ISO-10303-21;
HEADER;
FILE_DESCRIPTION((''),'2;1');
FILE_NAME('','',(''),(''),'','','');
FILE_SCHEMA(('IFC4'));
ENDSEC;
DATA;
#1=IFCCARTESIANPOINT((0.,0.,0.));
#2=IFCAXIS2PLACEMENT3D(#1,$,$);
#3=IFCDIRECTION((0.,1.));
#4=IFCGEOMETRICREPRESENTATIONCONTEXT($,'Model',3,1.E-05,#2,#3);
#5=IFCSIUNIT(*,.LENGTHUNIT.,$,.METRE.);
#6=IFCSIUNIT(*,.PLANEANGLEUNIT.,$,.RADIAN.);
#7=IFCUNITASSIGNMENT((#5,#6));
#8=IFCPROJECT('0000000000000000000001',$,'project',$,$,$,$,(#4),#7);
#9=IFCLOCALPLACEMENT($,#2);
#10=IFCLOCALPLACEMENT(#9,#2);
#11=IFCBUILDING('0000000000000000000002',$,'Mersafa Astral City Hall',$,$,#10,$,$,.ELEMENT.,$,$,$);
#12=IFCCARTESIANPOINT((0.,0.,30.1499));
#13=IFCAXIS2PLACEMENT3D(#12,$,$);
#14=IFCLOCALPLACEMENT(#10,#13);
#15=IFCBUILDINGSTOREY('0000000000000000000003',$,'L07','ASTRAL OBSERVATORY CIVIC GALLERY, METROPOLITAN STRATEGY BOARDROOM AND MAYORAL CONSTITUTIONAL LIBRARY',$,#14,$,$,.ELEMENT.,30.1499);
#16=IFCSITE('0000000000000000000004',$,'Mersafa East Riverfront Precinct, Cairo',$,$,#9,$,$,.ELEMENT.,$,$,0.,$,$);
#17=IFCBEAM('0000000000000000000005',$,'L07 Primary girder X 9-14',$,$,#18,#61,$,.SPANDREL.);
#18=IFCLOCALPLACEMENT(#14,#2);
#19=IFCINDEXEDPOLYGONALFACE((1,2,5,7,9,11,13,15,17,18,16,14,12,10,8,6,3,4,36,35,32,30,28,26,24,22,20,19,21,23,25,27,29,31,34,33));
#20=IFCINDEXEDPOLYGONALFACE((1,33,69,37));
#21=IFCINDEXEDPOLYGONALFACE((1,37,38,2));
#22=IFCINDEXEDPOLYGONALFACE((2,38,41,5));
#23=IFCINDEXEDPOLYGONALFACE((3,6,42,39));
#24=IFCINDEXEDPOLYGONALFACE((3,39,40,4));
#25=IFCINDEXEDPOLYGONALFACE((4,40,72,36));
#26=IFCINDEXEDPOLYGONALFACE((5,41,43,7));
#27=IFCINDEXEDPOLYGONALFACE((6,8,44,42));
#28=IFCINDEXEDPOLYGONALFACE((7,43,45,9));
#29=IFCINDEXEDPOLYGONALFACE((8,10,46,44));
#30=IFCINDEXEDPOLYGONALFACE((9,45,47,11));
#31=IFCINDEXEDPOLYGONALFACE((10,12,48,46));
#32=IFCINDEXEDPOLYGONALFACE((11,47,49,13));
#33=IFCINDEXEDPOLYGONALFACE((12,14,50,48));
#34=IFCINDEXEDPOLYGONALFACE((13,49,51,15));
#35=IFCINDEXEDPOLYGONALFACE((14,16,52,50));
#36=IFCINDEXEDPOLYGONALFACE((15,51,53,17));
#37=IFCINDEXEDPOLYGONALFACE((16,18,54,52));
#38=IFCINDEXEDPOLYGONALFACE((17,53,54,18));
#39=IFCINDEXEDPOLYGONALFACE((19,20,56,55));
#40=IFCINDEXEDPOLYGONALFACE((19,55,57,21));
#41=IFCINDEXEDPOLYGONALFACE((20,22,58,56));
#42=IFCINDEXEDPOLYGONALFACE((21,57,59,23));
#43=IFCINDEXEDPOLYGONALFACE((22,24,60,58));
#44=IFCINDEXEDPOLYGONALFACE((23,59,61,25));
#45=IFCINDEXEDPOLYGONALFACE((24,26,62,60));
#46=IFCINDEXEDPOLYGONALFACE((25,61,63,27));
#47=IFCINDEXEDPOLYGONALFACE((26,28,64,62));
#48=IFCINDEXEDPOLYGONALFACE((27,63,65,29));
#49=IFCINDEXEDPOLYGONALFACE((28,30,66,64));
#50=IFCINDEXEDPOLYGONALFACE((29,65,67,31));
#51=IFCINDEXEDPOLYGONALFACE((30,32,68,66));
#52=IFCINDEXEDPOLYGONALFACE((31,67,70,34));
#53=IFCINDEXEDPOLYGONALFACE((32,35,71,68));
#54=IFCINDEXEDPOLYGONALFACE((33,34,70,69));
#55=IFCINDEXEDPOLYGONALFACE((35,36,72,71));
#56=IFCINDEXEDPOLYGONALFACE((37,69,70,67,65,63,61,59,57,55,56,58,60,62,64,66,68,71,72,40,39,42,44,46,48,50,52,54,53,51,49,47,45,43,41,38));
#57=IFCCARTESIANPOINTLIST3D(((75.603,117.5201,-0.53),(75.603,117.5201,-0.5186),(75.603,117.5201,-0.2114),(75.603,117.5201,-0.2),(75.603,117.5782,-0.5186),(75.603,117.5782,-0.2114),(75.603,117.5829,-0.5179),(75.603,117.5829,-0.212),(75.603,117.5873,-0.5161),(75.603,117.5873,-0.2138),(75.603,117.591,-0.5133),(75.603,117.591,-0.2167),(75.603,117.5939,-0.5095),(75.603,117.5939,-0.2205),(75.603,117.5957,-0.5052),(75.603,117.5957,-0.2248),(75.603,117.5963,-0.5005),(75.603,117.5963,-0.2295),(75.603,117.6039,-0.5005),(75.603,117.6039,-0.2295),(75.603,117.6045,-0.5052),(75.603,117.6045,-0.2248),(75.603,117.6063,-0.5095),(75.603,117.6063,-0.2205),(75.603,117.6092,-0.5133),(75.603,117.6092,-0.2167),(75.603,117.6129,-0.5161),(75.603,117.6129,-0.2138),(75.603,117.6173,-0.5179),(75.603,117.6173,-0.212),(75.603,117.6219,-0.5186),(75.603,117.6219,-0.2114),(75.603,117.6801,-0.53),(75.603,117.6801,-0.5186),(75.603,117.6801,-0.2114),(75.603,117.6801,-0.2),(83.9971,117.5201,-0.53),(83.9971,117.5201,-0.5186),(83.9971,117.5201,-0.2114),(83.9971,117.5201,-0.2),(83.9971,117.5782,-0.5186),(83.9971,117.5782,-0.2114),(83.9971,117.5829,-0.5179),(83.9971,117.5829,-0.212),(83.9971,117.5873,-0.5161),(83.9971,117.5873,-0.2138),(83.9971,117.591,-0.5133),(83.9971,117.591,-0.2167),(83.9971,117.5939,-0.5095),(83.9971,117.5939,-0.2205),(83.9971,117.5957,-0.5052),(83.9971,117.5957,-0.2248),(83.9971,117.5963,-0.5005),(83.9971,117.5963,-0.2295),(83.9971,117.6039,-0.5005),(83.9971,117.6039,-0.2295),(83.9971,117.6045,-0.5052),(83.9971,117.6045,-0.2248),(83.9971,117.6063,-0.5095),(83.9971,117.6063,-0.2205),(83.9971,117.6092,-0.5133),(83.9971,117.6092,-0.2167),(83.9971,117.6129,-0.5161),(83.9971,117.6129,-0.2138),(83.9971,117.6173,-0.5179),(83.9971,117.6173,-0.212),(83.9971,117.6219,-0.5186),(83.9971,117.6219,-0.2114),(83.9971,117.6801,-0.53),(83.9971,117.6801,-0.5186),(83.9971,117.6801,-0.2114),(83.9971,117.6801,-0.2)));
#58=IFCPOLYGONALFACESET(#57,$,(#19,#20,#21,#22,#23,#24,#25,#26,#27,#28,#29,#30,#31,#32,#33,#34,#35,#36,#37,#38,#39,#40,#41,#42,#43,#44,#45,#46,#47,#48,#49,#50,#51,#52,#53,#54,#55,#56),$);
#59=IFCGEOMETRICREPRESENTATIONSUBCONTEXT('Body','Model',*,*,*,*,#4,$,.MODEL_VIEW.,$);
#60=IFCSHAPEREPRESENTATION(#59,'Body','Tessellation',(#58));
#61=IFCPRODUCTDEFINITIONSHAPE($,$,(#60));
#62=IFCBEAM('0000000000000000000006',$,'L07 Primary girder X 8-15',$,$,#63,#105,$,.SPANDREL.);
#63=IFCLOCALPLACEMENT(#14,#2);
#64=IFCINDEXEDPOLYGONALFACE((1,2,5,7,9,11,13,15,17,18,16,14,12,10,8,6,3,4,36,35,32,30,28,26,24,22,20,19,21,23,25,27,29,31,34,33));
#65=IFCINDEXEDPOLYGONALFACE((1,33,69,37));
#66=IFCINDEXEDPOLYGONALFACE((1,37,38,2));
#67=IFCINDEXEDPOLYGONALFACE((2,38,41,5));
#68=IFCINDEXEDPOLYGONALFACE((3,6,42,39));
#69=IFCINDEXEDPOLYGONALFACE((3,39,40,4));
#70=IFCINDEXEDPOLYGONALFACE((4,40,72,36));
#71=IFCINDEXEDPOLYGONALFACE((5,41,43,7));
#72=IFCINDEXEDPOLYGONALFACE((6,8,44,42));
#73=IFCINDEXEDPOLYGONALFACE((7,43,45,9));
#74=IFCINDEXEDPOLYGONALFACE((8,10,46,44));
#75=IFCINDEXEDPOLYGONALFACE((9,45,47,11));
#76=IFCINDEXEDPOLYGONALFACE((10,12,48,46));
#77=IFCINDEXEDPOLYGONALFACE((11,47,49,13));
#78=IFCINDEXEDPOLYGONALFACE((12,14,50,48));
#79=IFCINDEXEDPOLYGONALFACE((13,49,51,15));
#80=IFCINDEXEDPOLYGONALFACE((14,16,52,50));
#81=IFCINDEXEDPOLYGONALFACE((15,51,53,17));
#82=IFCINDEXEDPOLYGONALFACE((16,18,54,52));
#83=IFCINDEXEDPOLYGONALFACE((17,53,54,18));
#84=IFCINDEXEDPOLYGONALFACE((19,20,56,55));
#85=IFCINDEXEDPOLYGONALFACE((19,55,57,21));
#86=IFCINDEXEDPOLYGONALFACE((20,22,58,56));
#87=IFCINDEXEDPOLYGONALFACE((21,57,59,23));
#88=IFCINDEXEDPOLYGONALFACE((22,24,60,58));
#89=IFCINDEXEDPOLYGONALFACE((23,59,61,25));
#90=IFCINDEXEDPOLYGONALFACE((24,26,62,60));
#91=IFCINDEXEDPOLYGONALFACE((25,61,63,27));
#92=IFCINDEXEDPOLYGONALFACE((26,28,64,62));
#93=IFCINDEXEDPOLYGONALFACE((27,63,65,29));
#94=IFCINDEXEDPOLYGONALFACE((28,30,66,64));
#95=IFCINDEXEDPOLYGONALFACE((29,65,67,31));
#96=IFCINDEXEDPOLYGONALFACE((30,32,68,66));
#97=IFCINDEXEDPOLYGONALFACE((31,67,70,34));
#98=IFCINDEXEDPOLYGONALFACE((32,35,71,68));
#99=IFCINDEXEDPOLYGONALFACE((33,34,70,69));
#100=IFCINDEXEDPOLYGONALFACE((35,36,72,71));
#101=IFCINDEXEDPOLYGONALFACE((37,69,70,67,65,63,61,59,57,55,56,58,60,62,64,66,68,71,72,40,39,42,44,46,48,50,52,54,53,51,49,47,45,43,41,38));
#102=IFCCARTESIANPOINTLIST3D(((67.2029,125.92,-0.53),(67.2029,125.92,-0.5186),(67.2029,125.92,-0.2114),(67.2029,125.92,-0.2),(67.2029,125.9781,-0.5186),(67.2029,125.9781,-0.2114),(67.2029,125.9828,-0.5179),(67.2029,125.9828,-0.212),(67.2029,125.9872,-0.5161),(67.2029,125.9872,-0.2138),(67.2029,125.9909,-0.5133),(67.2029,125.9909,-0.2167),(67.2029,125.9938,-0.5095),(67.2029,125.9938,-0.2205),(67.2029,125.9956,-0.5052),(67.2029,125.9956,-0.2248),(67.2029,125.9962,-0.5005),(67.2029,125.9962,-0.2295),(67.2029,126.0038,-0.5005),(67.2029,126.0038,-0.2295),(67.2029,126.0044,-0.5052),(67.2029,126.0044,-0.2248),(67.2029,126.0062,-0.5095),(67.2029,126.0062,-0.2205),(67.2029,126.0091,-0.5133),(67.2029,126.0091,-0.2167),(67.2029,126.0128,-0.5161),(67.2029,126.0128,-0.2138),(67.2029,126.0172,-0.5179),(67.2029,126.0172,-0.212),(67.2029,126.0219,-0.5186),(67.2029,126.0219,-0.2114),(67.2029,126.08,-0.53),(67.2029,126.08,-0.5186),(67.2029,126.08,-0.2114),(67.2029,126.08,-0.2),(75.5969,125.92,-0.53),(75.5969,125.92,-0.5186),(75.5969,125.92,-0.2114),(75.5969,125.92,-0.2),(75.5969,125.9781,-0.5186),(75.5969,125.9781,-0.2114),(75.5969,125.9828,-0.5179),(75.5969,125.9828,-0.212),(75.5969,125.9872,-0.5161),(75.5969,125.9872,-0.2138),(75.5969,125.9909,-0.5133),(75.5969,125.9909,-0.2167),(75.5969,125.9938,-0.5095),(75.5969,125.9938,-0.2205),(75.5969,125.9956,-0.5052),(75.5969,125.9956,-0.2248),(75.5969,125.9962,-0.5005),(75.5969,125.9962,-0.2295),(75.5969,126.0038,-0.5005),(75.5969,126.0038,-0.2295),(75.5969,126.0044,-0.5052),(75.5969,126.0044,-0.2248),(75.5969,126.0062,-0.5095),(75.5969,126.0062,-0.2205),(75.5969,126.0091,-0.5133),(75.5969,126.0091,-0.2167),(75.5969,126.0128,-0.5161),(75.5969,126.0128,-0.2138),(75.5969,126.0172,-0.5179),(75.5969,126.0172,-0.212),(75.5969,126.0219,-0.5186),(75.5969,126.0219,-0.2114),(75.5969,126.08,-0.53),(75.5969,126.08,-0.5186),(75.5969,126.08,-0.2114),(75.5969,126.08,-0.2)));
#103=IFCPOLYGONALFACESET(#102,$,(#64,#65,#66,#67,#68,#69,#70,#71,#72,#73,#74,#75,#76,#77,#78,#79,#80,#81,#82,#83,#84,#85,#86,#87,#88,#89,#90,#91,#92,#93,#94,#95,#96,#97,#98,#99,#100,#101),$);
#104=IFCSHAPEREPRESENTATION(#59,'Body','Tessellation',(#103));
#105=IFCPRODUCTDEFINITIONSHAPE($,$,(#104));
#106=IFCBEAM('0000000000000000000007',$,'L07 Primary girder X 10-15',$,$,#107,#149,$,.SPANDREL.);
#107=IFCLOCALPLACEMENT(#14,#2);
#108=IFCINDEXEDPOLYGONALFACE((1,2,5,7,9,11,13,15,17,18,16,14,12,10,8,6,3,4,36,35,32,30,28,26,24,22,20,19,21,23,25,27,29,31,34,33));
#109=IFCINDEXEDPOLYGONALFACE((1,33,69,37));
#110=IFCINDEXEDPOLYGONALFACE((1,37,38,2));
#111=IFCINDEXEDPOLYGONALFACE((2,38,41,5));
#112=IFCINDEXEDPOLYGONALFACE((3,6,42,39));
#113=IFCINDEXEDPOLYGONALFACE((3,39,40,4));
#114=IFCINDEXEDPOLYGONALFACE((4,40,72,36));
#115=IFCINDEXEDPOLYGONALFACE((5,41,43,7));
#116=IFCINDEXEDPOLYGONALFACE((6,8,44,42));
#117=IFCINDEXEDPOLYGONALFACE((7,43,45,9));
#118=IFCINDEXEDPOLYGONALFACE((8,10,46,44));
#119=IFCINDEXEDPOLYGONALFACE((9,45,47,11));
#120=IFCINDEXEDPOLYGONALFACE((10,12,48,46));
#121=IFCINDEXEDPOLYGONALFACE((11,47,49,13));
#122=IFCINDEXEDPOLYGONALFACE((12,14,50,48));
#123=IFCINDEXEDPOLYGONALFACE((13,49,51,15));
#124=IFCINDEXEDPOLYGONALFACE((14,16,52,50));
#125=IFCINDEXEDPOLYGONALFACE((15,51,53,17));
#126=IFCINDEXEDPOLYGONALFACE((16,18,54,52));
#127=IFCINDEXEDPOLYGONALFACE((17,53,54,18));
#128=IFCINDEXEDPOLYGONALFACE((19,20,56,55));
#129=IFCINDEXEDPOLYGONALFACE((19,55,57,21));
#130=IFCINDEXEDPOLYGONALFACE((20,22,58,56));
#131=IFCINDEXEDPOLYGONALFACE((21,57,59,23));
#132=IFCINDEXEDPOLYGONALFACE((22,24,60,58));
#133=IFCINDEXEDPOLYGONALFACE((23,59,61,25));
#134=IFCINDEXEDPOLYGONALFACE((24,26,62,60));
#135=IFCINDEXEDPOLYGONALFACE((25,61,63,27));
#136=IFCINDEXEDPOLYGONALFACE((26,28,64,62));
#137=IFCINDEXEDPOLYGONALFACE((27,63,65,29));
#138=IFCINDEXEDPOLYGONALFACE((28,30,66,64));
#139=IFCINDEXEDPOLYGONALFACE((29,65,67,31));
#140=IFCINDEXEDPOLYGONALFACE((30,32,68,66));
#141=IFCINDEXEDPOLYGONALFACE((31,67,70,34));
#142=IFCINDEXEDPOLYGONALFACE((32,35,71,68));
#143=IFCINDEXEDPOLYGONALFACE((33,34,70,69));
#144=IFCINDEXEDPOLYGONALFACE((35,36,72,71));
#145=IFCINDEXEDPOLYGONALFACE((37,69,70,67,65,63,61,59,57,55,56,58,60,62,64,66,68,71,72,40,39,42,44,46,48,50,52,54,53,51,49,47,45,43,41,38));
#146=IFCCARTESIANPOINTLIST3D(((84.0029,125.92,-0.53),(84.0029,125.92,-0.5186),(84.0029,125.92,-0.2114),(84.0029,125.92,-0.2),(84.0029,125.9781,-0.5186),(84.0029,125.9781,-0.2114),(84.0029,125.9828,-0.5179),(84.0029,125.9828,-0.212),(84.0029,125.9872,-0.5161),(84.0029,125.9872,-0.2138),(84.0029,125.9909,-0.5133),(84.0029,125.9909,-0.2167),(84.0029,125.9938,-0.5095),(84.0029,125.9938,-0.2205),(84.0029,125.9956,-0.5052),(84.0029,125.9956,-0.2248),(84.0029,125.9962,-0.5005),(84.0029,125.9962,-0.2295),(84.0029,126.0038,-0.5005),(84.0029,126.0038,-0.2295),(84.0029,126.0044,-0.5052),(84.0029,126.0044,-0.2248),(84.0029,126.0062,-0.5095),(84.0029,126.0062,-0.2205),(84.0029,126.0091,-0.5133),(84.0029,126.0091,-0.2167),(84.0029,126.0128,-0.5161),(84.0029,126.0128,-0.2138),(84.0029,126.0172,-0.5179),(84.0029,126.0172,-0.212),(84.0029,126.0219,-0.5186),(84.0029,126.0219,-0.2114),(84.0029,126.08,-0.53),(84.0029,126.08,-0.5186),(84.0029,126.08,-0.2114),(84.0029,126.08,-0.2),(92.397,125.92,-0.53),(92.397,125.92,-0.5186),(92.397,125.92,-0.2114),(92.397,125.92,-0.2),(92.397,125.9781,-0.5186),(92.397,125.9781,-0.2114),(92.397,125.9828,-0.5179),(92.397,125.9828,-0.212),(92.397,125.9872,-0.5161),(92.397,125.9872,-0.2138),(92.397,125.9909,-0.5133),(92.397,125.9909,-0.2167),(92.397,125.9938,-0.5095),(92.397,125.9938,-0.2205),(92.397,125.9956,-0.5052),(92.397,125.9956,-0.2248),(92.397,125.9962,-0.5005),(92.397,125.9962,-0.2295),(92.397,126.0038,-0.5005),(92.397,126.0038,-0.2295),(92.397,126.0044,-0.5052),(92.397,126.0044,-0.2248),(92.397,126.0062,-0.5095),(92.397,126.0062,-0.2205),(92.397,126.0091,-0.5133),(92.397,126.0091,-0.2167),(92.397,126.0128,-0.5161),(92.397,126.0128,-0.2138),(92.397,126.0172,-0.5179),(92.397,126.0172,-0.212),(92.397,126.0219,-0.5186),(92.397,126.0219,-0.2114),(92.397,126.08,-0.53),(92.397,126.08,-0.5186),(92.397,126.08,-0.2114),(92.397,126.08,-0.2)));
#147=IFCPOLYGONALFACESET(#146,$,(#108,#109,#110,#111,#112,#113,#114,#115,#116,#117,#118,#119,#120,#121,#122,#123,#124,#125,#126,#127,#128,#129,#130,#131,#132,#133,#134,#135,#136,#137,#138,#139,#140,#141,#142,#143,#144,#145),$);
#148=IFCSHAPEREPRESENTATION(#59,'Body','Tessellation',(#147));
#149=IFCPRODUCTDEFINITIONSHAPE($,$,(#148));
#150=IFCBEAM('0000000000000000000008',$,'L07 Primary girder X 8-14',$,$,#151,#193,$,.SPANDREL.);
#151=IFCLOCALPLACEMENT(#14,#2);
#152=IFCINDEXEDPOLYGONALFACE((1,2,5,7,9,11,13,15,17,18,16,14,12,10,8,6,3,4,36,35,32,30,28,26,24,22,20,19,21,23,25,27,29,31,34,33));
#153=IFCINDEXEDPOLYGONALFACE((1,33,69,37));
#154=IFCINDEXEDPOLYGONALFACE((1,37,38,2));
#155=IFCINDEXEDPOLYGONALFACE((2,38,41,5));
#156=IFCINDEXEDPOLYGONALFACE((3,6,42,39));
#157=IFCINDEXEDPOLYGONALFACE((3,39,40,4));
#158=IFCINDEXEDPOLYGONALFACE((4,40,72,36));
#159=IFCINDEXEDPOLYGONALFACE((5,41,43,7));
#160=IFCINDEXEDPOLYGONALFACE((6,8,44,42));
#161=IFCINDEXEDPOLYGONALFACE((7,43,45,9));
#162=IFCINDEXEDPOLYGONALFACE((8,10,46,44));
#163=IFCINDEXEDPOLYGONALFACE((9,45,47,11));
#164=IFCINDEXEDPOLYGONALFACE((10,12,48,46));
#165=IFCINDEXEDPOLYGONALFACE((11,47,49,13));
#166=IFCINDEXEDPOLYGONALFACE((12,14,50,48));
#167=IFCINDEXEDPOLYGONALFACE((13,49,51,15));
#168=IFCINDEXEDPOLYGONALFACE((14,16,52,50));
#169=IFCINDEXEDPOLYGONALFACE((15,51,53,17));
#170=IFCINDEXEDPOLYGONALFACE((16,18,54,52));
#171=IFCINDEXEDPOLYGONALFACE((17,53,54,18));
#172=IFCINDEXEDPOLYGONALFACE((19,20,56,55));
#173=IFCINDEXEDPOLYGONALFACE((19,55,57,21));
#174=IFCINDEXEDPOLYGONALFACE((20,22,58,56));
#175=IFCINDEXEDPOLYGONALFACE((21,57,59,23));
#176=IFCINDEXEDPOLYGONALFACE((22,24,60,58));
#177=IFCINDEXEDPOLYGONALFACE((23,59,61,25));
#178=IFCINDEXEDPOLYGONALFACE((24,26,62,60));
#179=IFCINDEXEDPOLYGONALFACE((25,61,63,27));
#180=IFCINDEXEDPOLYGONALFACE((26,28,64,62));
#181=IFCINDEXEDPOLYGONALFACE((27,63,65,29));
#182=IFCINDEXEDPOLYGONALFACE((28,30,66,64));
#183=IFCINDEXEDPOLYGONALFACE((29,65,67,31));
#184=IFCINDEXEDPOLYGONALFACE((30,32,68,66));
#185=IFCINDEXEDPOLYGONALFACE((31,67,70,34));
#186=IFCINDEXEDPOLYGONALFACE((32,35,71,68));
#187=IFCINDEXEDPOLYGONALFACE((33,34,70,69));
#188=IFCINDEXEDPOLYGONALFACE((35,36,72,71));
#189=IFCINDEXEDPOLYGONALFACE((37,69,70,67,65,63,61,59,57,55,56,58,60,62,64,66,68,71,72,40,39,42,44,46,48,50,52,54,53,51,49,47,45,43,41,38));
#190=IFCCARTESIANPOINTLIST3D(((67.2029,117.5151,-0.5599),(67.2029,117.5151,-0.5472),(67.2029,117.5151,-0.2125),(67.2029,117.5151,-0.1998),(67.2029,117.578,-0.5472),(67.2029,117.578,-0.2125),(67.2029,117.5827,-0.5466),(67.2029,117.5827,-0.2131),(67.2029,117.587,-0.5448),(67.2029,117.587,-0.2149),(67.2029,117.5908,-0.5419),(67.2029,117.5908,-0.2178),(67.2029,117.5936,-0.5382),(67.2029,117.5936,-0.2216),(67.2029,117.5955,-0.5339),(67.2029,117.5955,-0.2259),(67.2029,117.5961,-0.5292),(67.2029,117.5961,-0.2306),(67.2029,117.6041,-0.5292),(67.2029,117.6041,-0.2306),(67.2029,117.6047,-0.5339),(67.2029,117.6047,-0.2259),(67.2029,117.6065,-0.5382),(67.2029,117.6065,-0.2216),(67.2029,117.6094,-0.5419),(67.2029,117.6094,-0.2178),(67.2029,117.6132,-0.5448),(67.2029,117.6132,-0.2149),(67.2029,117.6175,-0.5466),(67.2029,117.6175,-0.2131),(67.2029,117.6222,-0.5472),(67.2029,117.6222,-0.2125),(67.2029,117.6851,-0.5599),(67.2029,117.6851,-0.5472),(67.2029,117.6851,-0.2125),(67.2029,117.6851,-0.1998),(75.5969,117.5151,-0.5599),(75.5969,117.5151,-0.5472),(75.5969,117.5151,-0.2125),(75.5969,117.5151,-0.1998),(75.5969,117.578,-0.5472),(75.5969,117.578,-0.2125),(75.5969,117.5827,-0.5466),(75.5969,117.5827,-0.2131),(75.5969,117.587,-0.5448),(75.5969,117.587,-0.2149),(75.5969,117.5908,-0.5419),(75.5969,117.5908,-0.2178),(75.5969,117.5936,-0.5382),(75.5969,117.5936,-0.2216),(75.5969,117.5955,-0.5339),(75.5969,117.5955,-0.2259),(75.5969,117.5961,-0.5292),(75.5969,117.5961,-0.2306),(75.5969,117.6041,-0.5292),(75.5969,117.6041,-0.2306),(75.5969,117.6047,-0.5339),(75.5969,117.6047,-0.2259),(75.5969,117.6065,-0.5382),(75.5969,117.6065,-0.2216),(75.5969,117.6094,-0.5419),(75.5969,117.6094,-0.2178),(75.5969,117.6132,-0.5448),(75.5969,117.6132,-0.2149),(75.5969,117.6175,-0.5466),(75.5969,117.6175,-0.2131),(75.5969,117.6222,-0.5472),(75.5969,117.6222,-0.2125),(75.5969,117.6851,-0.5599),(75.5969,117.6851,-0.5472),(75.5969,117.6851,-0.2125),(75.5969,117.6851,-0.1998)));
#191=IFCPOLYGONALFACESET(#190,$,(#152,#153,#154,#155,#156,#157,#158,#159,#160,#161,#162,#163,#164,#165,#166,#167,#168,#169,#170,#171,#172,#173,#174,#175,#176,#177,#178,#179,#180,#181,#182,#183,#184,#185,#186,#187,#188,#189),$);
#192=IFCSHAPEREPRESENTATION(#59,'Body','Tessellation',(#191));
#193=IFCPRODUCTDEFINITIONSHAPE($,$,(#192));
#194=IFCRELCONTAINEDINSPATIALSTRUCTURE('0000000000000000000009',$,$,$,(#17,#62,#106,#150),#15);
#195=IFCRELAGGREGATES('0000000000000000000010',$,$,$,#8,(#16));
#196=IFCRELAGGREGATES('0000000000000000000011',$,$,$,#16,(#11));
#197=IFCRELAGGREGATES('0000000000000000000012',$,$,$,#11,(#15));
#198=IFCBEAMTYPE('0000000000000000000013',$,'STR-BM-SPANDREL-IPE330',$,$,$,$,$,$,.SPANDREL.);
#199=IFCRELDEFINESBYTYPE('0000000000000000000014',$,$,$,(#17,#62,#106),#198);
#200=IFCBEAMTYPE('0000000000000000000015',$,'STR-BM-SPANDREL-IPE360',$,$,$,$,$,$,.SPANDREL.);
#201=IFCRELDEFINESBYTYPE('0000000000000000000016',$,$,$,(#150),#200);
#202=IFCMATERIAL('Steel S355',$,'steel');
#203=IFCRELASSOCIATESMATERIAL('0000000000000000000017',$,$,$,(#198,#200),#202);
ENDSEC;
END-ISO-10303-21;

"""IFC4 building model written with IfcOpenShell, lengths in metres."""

from ifc_helpers import new_model, si_unit, direction, frame, origin, origin_2d, place, context, subcontext, project, spatial, i_section, extrude, material, material_profile, profile_set, type_object, element, save


model = new_model("IFC4")

# Units and contexts
model_context = context("Model", 3, precision=1e-05, world=origin(), true_north=direction((0.0, 1.0)))
body_context = subcontext(model_context, "Body", "Model", "MODEL_VIEW")
ifc_project = project(units=[si_unit("LENGTHUNIT", "METRE"), si_unit("PLANEANGLEUNIT", "RADIAN")], contexts=[model_context])

# Site, building, storey
site_placement = place(None, origin())
site = spatial("IfcSite", under=ifc_project, at=site_placement, Name="Mersafa East Riverfront Precinct, Cairo", CompositionType="ELEMENT", RefElevation=0.0)
building_placement = place(site_placement, origin())
building = spatial("IfcBuilding", under=site, at=building_placement, Name="Mersafa Astral City Hall", CompositionType="ELEMENT")
storey_placement = place(building_placement, frame((0.0, 0.0, 30.1499)))
storey = spatial("IfcBuildingStorey", under=building, at=storey_placement, Name="L07", Description="ASTRAL OBSERVATORY CIVIC GALLERY, METROPOLITAN STRATEGY BOARDROOM AND MAYORAL CONSTITUTIONAL LIBRARY", CompositionType="ELEMENT", Elevation=30.1499)

# Beams
ifc_material_1 = material(Name="Steel S355", Category="steel")
ifc_material_profile_1 = material_profile(ifc_material_1, i_section(OverallWidth=0.1599, OverallDepth=0.3301, WebThickness=0.0076, FlangeThickness=0.0115, FilletRadius=0.0181, at=origin_2d()), Name="IPE 330")
ifc_profile_set_1 = profile_set([ifc_material_profile_1], Name="Steel S355")
beam_type_1 = type_object("IfcBeamType", Name="STR-BM-SPANDREL-IPE330", PredefinedType="SPANDREL", material=ifc_profile_set_1)
for number, where, z_axis, x_axis, name in (
    (1, (75.603, 117.6001, -0.365), (1.0, 0.0, 0.0), (0.0, 1.0, 0.0), "L07 Primary girder X 9-14"),
    (2, (67.2029, 126.0, -0.365), (1.0, 0.0, 0.0), (0.0, 1.0, 0.0), "L07 Primary girder X 8-15"),
    (3, (84.0029, 126.0, -0.365), (1.0, 0.0, 0.0), (0.0, 1.0, 0.0), "L07 Primary girder X 10-15"),
):
    element("IfcBeam", number, at=place(storey_placement, frame(where, z_axis=z_axis, x_axis=x_axis)), inside=storey, type_object=beam_type_1, Name=name, PredefinedType="SPANDREL", context=body_context, shape_type="SweptSolid", body=[
        extrude(i_section(OverallWidth=0.1599, OverallDepth=0.3301, WebThickness=0.0076, FlangeThickness=0.0115, FilletRadius=0.0181, at=origin_2d()), origin(), (0.0, 0.0, 1.0), 8.394),
    ])
ifc_material_profile_2 = material_profile(ifc_material_1, i_section(OverallWidth=0.1699, OverallDepth=0.3601, WebThickness=0.0081, FlangeThickness=0.0127, FilletRadius=0.0181, at=origin_2d()), Name="IPE 360")
ifc_profile_set_2 = profile_set([ifc_material_profile_2], Name="Steel S355")
beam_type_2 = type_object("IfcBeamType", Name="STR-BM-SPANDREL-IPE360", PredefinedType="SPANDREL", material=ifc_profile_set_2)
for number, where, z_axis, x_axis, name in (
    (4, (67.2029, 117.6001, -0.3799), (1.0, 0.0, 0.0), (0.0, 1.0, 0.0), "L07 Primary girder X 8-14"),
):
    element("IfcBeam", number, at=place(storey_placement, frame(where, z_axis=z_axis, x_axis=x_axis)), inside=storey, type_object=beam_type_2, Name=name, PredefinedType="SPANDREL", context=body_context, shape_type="SweptSolid", body=[
        extrude(i_section(OverallWidth=0.1699, OverallDepth=0.3601, WebThickness=0.0081, FlangeThickness=0.0127, FilletRadius=0.0181, at=origin_2d()), origin(), (0.0, 0.0, 1.0), 8.394),
    ])

save(model, "model.ifc")
